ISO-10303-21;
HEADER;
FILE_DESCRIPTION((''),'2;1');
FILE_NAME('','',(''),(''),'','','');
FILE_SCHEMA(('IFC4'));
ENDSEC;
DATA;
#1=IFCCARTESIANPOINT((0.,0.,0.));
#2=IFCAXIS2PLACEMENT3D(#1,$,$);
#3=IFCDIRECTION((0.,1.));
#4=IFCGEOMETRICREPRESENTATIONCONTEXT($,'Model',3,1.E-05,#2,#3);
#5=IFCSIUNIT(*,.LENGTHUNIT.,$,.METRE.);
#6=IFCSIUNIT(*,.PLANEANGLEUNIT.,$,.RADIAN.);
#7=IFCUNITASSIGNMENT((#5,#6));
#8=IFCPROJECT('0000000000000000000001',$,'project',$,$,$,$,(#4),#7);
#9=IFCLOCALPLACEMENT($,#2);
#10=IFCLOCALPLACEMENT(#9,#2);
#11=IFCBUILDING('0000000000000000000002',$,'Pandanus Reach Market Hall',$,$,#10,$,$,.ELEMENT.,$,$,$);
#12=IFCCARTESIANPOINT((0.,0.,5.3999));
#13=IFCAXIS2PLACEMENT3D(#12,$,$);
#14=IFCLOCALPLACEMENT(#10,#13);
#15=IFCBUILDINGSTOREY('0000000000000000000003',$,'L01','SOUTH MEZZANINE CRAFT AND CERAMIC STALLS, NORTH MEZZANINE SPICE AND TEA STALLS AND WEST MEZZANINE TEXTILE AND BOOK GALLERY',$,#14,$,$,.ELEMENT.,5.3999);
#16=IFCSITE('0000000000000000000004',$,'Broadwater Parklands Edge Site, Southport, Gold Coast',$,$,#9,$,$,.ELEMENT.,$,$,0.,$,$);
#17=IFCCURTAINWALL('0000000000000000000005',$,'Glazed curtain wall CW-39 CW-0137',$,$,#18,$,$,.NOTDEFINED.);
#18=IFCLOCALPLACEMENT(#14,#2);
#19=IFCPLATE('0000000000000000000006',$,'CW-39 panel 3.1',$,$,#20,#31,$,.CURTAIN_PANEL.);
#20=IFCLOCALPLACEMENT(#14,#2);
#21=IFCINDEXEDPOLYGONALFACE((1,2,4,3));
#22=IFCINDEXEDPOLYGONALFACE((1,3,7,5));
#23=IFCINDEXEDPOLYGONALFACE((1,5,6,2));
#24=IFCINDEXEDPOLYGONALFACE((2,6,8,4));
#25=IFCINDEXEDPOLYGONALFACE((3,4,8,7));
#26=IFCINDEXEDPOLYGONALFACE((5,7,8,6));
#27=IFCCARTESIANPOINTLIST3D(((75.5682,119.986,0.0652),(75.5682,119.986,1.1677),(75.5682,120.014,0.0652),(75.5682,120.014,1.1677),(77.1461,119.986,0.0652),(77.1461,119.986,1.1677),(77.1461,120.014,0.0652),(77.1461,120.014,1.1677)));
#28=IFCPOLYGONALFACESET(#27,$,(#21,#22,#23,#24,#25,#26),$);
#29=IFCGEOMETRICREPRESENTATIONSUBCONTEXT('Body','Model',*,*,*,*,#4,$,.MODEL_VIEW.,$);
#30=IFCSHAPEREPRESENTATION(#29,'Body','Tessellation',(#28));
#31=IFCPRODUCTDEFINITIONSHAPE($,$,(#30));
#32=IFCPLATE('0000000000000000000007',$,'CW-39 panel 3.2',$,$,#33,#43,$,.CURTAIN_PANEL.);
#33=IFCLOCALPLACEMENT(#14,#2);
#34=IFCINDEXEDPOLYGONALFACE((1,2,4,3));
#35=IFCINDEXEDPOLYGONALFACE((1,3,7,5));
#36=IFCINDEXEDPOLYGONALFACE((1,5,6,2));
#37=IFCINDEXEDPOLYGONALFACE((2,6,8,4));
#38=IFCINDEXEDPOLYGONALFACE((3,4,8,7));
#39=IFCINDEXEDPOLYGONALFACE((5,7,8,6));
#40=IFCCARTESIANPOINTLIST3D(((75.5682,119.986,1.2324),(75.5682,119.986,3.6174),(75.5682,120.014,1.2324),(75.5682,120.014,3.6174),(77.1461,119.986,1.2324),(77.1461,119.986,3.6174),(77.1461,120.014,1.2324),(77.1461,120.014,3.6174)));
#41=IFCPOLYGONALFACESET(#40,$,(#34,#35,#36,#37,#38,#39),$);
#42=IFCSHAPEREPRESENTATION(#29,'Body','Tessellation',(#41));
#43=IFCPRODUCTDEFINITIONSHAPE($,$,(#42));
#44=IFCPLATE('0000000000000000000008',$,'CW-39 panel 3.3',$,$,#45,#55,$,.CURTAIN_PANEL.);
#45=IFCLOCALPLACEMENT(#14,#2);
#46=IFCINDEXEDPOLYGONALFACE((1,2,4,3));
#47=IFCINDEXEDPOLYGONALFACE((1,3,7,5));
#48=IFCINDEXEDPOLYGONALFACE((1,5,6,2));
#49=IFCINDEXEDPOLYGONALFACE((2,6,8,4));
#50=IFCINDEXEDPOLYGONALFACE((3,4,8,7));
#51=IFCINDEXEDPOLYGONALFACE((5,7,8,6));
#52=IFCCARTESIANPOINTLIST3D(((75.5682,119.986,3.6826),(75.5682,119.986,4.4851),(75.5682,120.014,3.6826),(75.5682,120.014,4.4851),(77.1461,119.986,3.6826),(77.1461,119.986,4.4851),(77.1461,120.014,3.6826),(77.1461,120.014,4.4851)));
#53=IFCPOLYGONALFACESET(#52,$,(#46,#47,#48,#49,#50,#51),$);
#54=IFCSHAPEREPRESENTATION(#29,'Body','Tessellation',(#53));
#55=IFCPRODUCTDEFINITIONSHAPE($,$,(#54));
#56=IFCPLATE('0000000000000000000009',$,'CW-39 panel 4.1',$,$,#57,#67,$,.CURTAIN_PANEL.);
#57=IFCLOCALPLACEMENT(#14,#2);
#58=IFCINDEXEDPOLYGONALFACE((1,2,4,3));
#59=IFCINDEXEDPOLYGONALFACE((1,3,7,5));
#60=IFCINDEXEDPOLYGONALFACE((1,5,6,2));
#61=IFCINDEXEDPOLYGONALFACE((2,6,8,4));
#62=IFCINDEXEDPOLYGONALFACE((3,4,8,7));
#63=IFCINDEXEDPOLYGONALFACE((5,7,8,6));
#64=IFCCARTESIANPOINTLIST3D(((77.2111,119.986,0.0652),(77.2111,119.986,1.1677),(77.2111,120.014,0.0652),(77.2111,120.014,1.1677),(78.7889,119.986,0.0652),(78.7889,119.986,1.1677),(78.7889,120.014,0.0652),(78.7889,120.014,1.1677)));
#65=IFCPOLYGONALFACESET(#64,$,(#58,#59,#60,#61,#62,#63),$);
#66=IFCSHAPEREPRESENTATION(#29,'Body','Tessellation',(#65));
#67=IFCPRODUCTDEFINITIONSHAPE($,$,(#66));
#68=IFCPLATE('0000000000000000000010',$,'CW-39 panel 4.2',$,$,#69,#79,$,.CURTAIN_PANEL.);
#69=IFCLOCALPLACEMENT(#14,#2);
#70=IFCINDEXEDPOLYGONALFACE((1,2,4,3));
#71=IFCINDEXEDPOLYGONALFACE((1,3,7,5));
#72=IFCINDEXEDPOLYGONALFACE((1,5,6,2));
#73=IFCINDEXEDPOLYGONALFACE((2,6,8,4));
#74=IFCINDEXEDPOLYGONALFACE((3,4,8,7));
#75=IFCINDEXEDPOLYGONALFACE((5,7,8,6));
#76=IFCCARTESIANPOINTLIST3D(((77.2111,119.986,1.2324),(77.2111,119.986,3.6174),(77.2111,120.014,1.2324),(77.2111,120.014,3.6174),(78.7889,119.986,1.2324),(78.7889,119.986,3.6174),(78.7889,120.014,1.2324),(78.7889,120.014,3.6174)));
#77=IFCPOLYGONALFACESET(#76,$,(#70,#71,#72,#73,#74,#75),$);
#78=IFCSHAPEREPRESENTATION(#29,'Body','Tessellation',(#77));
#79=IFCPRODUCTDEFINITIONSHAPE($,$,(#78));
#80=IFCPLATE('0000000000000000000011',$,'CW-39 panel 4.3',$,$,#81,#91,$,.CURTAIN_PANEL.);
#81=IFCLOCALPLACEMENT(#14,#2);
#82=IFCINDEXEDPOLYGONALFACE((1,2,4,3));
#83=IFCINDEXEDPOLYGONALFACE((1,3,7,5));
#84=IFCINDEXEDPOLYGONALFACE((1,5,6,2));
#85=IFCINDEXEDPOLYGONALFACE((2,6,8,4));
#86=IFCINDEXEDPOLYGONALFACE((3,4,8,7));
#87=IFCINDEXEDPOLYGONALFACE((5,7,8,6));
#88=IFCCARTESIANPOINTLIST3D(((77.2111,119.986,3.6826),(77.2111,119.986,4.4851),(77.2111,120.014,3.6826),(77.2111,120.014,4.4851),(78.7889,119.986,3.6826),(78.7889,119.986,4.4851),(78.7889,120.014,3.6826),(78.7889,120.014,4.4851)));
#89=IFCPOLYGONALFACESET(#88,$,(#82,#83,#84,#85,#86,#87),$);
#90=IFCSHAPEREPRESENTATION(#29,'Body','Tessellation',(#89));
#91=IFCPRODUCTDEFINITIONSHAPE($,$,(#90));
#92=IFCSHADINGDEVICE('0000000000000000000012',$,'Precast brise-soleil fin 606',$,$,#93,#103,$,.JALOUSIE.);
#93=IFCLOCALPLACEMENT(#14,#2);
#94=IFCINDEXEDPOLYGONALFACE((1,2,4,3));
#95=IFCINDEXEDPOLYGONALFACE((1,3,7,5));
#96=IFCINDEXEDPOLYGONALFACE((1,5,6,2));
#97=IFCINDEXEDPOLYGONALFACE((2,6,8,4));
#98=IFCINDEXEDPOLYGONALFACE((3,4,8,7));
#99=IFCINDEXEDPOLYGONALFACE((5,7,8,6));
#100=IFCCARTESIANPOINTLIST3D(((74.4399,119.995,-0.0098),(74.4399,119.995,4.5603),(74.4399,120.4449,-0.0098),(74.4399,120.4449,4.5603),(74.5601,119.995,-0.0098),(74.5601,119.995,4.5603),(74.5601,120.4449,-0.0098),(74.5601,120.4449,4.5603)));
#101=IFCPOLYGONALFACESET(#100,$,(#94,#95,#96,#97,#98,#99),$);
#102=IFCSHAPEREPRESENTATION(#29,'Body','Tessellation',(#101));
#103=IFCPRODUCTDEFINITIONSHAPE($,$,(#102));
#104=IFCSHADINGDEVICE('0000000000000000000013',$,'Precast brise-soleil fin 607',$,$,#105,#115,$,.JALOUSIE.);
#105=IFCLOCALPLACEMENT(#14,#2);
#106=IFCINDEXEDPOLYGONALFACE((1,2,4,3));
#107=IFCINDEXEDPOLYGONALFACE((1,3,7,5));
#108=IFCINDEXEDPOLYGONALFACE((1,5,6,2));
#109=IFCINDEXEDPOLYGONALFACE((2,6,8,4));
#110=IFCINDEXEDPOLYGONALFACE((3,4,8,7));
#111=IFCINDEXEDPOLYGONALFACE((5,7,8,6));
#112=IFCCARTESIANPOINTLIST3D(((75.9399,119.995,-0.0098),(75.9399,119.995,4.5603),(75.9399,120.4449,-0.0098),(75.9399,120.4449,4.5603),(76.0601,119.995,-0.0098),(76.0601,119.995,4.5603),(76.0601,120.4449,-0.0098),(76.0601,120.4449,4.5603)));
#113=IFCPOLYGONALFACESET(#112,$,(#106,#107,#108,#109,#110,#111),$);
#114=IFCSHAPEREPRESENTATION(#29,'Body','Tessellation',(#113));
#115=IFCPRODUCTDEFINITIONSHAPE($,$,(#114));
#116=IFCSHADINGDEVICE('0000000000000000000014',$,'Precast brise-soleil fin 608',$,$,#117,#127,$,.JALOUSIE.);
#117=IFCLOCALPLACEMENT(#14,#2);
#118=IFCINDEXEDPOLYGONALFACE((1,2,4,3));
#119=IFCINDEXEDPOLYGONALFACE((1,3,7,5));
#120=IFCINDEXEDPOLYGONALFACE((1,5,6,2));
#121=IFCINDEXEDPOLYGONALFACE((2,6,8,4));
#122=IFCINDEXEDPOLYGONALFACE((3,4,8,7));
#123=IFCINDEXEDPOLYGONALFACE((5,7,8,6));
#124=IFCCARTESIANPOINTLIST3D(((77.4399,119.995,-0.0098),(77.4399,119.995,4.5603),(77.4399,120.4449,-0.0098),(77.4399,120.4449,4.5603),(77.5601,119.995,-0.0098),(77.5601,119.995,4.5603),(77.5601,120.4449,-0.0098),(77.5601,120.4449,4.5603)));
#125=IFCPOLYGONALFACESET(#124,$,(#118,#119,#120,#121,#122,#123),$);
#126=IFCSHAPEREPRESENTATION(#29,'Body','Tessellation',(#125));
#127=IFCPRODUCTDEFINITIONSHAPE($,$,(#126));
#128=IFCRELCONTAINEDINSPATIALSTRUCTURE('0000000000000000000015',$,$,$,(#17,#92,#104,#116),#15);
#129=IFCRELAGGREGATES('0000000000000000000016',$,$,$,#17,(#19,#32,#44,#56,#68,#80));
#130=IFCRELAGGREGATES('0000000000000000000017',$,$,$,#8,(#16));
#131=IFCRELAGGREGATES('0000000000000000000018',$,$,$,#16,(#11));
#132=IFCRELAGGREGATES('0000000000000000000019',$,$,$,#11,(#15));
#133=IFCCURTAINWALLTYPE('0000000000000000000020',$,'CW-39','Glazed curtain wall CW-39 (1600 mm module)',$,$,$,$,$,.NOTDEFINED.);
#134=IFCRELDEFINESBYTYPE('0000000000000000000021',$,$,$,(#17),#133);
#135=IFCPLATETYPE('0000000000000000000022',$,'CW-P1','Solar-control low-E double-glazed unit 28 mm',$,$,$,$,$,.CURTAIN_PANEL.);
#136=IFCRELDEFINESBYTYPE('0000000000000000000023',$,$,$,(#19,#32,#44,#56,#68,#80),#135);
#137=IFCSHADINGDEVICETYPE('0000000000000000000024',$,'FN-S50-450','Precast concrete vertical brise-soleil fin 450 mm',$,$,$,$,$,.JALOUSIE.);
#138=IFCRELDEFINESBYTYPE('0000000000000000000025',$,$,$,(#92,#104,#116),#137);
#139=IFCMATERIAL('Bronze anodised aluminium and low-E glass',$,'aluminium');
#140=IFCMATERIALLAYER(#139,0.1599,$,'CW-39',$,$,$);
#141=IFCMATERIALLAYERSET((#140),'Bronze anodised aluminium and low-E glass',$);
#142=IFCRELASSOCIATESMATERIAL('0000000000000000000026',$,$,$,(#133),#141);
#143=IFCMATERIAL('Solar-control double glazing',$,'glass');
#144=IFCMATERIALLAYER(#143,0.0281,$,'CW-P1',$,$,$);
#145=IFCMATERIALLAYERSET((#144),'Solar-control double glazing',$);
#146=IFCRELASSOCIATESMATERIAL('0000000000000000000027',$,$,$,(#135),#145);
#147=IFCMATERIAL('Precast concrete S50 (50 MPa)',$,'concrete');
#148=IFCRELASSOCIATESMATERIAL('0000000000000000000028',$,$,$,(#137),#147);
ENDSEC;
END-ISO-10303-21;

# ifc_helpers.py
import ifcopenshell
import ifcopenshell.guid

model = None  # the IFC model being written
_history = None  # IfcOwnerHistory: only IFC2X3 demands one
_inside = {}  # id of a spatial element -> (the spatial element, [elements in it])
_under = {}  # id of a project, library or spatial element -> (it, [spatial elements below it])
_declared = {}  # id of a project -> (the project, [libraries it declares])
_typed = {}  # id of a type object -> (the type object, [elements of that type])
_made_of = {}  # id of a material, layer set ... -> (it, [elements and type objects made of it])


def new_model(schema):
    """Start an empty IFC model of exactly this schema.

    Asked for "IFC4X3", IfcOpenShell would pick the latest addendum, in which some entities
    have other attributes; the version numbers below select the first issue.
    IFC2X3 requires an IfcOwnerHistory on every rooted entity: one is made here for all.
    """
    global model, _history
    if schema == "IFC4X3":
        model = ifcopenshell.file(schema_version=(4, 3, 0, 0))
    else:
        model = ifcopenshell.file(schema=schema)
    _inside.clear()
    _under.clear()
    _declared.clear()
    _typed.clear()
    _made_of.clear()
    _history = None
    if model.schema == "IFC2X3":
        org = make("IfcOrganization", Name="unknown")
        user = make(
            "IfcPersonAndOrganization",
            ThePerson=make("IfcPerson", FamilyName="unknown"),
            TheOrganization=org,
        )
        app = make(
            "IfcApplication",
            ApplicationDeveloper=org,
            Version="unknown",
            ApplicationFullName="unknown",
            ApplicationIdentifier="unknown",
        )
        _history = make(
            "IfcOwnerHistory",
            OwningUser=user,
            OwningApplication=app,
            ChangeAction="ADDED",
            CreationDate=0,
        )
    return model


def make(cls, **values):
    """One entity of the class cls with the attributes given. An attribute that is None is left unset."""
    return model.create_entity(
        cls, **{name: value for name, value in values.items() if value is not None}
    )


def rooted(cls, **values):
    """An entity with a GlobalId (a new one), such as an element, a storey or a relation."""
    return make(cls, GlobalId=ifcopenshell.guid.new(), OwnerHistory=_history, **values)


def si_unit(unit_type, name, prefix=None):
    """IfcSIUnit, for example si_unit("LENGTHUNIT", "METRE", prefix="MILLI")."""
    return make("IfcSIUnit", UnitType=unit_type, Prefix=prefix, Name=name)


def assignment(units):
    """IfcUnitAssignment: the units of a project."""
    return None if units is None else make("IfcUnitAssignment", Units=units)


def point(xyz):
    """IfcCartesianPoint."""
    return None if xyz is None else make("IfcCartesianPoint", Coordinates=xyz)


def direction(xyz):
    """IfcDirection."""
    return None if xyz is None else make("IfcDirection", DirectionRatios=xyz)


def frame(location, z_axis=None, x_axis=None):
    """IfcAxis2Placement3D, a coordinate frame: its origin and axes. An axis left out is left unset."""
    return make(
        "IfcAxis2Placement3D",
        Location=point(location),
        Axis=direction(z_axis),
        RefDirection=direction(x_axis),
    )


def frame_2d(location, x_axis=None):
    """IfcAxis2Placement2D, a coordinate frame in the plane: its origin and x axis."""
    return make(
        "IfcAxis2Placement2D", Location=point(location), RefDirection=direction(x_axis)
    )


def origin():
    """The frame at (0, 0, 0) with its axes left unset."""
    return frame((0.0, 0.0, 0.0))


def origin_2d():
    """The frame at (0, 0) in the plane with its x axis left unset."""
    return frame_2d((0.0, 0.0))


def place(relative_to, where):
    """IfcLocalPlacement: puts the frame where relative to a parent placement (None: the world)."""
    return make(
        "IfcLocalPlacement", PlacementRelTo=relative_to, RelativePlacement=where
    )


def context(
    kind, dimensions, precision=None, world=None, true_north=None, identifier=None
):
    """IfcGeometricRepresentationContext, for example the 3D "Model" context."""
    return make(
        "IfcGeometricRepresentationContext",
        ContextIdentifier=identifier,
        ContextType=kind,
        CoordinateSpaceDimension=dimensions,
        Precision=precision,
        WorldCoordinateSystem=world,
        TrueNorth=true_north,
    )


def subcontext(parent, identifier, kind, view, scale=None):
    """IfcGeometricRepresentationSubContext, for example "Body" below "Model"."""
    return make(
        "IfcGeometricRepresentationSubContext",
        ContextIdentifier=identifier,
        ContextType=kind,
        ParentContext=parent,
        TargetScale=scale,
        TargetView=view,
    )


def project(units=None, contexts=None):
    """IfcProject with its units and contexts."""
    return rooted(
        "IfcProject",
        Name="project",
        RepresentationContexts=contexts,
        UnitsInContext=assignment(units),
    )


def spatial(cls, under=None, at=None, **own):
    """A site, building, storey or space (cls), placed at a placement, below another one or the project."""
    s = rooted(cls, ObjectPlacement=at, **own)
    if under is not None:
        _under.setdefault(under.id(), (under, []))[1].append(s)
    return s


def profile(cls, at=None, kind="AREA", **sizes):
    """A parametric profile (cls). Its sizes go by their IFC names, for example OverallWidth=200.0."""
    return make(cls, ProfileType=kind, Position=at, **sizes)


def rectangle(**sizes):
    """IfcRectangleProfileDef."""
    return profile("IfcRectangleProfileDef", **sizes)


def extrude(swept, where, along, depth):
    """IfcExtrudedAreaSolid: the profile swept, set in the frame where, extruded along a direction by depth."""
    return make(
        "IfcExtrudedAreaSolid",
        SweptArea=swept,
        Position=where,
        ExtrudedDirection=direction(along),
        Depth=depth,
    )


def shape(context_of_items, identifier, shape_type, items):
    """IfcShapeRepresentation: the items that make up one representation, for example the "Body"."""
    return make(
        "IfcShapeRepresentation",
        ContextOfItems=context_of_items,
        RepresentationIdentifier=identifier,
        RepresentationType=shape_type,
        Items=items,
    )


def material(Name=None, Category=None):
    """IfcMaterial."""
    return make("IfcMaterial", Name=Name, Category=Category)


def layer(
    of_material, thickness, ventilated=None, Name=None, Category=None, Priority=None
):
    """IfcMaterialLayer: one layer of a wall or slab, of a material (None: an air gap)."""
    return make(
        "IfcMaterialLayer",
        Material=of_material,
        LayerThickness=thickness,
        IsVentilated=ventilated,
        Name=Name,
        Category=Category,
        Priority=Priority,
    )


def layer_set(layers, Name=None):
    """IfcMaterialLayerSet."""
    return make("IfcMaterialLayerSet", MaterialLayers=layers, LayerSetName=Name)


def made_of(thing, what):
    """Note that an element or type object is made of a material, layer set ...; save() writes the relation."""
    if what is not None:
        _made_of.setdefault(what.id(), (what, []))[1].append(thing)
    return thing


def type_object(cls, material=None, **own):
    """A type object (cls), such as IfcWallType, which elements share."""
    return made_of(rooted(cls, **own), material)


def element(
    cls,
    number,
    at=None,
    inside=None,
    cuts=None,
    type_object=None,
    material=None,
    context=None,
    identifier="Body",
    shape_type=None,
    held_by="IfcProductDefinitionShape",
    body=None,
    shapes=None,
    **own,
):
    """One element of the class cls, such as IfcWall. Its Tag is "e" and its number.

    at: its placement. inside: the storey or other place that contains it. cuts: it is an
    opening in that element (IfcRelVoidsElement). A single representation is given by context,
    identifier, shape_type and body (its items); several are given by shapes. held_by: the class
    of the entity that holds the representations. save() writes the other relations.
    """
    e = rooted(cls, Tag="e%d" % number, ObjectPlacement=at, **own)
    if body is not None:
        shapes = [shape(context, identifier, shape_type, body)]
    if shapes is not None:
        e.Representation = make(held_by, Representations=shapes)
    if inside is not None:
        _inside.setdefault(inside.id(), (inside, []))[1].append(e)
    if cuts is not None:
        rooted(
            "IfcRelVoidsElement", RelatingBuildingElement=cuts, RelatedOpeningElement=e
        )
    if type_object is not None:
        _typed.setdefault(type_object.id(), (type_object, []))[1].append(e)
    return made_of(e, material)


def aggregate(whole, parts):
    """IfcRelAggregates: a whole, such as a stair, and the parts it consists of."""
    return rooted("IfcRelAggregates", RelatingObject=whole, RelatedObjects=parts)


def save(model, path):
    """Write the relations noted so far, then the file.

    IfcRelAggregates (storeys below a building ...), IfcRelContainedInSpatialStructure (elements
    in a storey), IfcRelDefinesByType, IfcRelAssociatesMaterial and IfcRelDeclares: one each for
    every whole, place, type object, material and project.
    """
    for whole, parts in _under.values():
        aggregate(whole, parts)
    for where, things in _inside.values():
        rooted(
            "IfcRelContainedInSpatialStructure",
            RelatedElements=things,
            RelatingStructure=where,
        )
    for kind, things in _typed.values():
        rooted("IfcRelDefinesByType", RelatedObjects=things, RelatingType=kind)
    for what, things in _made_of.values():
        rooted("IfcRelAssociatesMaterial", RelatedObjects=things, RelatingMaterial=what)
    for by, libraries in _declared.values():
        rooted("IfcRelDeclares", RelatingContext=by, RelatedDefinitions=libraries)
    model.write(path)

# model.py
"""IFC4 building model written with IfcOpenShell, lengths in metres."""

from ifc_helpers import new_model, si_unit, direction, frame, origin, origin_2d, place, context, subcontext, project, spatial, rectangle, extrude, material, layer, layer_set, type_object, element, aggregate, save


model = new_model("IFC4")

# Units and contexts
model_context = context("Model", 3, precision=1e-05, world=origin(), true_north=direction((0.0, 1.0)))
body_context = subcontext(model_context, "Body", "Model", "MODEL_VIEW")
ifc_project = project(units=[si_unit("LENGTHUNIT", "METRE"), si_unit("PLANEANGLEUNIT", "RADIAN")], contexts=[model_context])

# Site, building, storey
site_placement = place(None, origin())
site = spatial("IfcSite", under=ifc_project, at=site_placement, Name="Broadwater Parklands Edge Site, Southport, Gold Coast", CompositionType="ELEMENT", RefElevation=0.0)
building_placement = place(site_placement, origin())
building = spatial("IfcBuilding", under=site, at=building_placement, Name="Pandanus Reach Market Hall", CompositionType="ELEMENT")
storey_placement = place(building_placement, frame((0.0, 0.0, 5.3999)))
storey = spatial("IfcBuildingStorey", under=building, at=storey_placement, Name="L01", Description="SOUTH MEZZANINE CRAFT AND CERAMIC STALLS, NORTH MEZZANINE SPICE AND TEA STALLS AND WEST MEZZANINE TEXTILE AND BOOK GALLERY", CompositionType="ELEMENT", Elevation=5.3999)

# Curtain wall, plates
ifc_material_1 = material(Name="Bronze anodised aluminium and low-E glass", Category="aluminium")
ifc_layer_1 = layer(ifc_material_1, 0.1599, Name="CW-39")
ifc_layer_set_1 = layer_set([ifc_layer_1], Name="Bronze anodised aluminium and low-E glass")
curtain_wall_type = type_object("IfcCurtainWallType", Name="CW-39", Description="Glazed curtain wall CW-39 (1600 mm module)", PredefinedType="NOTDEFINED", material=ifc_layer_set_1)
curtain_wall_placement = place(storey_placement, origin())
curtain_wall = element("IfcCurtainWall", 1, at=curtain_wall_placement, inside=storey, type_object=curtain_wall_type, Name="Glazed curtain wall CW-39 CW-0137", PredefinedType="NOTDEFINED")
ifc_material_2 = material(Name="Solar-control double glazing", Category="glass")
ifc_layer_2 = layer(ifc_material_2, 0.0281, Name="CW-P1")
ifc_layer_set_2 = layer_set([ifc_layer_2], Name="Solar-control double glazing")
plate_type = type_object("IfcPlateType", Name="CW-P1", Description="Solar-control low-E double-glazed unit 28 mm", PredefinedType="CURTAIN_PANEL", material=ifc_layer_set_2)
plate_1_placement = place(storey_placement, frame((76.3572, 120.0, 0.0652), z_axis=(0.0, 0.0, 1.0), x_axis=(1.0, 0.0, 0.0)))
plate_1 = element("IfcPlate", 2, at=plate_1_placement, type_object=plate_type, Name="CW-39 panel 3.1", PredefinedType="CURTAIN_PANEL", context=body_context, shape_type="SweptSolid", body=[
    extrude(rectangle(XDim=1.5779, YDim=0.0281, at=origin_2d()), origin(), (0.0, 0.0, 1.0), 1.1025),
])
plate_2_placement = place(storey_placement, frame((76.3572, 120.0, 1.2324), z_axis=(0.0, 0.0, 1.0), x_axis=(1.0, 0.0, 0.0)))
plate_2 = element("IfcPlate", 3, at=plate_2_placement, type_object=plate_type, Name="CW-39 panel 3.2", PredefinedType="CURTAIN_PANEL", context=body_context, shape_type="SweptSolid", body=[
    extrude(rectangle(XDim=1.5779, YDim=0.0281, at=origin_2d()), origin(), (0.0, 0.0, 1.0), 2.385),
])
plate_3_placement = place(storey_placement, frame((76.3572, 120.0, 3.6826), z_axis=(0.0, 0.0, 1.0), x_axis=(1.0, 0.0, 0.0)))
plate_3 = element("IfcPlate", 4, at=plate_3_placement, type_object=plate_type, Name="CW-39 panel 3.3", PredefinedType="CURTAIN_PANEL", context=body_context, shape_type="SweptSolid", body=[
    extrude(rectangle(XDim=1.5779, YDim=0.0281, at=origin_2d()), origin(), (0.0, 0.0, 1.0), 0.8025),
])
plate_4_placement = place(storey_placement, frame((78.0, 120.0, 0.0652), z_axis=(0.0, 0.0, 1.0), x_axis=(1.0, 0.0, 0.0)))
plate_4 = element("IfcPlate", 5, at=plate_4_placement, type_object=plate_type, Name="CW-39 panel 4.1", PredefinedType="CURTAIN_PANEL", context=body_context, shape_type="SweptSolid", body=[
    extrude(rectangle(XDim=1.5779, YDim=0.0281, at=origin_2d()), origin(), (0.0, 0.0, 1.0), 1.1025),
])
plate_5_placement = place(storey_placement, frame((78.0, 120.0, 1.2324), z_axis=(0.0, 0.0, 1.0), x_axis=(1.0, 0.0, 0.0)))
plate_5 = element("IfcPlate", 6, at=plate_5_placement, type_object=plate_type, Name="CW-39 panel 4.2", PredefinedType="CURTAIN_PANEL", context=body_context, shape_type="SweptSolid", body=[
    extrude(rectangle(XDim=1.5779, YDim=0.0281, at=origin_2d()), origin(), (0.0, 0.0, 1.0), 2.385),
])
plate_6_placement = place(storey_placement, frame((78.0, 120.0, 3.6826), z_axis=(0.0, 0.0, 1.0), x_axis=(1.0, 0.0, 0.0)))
plate_6 = element("IfcPlate", 7, at=plate_6_placement, type_object=plate_type, Name="CW-39 panel 4.3", PredefinedType="CURTAIN_PANEL", context=body_context, shape_type="SweptSolid", body=[
    extrude(rectangle(XDim=1.5779, YDim=0.0281, at=origin_2d()), origin(), (0.0, 0.0, 1.0), 0.8025),
])
aggregate(curtain_wall, [plate_1, plate_2, plate_3, plate_4, plate_5, plate_6])

# Shading devices
ifc_material_3 = material(Name="Precast concrete S50 (50 MPa)", Category="concrete")
shading_device_type = type_object("IfcShadingDeviceType", Name="FN-S50-450", Description="Precast concrete vertical brise-soleil fin 450 mm", PredefinedType="JALOUSIE", material=ifc_material_3)
for number, where, z_axis, x_axis, name in (
    (8, (74.5, 120.22, -0.0098), (0.0, 0.0, 1.0), (0.0, 1.0, 0.0), "Precast brise-soleil fin 606"),
    (9, (76.0, 120.22, -0.0098), (0.0, 0.0, 1.0), (0.0, 1.0, 0.0), "Precast brise-soleil fin 607"),
    (10, (77.5, 120.22, -0.0098), (0.0, 0.0, 1.0), (0.0, 1.0, 0.0), "Precast brise-soleil fin 608"),
):
    element("IfcShadingDevice", number, at=place(storey_placement, frame(where, z_axis=z_axis, x_axis=x_axis)), inside=storey, type_object=shading_device_type, Name=name, PredefinedType="JALOUSIE", context=body_context, shape_type="SweptSolid", body=[
        extrude(rectangle(XDim=0.45, YDim=0.1201, at=origin_2d()), origin(), (0.0, 0.0, 1.0), 4.5701),
    ])

save(model, "model.ifc")
